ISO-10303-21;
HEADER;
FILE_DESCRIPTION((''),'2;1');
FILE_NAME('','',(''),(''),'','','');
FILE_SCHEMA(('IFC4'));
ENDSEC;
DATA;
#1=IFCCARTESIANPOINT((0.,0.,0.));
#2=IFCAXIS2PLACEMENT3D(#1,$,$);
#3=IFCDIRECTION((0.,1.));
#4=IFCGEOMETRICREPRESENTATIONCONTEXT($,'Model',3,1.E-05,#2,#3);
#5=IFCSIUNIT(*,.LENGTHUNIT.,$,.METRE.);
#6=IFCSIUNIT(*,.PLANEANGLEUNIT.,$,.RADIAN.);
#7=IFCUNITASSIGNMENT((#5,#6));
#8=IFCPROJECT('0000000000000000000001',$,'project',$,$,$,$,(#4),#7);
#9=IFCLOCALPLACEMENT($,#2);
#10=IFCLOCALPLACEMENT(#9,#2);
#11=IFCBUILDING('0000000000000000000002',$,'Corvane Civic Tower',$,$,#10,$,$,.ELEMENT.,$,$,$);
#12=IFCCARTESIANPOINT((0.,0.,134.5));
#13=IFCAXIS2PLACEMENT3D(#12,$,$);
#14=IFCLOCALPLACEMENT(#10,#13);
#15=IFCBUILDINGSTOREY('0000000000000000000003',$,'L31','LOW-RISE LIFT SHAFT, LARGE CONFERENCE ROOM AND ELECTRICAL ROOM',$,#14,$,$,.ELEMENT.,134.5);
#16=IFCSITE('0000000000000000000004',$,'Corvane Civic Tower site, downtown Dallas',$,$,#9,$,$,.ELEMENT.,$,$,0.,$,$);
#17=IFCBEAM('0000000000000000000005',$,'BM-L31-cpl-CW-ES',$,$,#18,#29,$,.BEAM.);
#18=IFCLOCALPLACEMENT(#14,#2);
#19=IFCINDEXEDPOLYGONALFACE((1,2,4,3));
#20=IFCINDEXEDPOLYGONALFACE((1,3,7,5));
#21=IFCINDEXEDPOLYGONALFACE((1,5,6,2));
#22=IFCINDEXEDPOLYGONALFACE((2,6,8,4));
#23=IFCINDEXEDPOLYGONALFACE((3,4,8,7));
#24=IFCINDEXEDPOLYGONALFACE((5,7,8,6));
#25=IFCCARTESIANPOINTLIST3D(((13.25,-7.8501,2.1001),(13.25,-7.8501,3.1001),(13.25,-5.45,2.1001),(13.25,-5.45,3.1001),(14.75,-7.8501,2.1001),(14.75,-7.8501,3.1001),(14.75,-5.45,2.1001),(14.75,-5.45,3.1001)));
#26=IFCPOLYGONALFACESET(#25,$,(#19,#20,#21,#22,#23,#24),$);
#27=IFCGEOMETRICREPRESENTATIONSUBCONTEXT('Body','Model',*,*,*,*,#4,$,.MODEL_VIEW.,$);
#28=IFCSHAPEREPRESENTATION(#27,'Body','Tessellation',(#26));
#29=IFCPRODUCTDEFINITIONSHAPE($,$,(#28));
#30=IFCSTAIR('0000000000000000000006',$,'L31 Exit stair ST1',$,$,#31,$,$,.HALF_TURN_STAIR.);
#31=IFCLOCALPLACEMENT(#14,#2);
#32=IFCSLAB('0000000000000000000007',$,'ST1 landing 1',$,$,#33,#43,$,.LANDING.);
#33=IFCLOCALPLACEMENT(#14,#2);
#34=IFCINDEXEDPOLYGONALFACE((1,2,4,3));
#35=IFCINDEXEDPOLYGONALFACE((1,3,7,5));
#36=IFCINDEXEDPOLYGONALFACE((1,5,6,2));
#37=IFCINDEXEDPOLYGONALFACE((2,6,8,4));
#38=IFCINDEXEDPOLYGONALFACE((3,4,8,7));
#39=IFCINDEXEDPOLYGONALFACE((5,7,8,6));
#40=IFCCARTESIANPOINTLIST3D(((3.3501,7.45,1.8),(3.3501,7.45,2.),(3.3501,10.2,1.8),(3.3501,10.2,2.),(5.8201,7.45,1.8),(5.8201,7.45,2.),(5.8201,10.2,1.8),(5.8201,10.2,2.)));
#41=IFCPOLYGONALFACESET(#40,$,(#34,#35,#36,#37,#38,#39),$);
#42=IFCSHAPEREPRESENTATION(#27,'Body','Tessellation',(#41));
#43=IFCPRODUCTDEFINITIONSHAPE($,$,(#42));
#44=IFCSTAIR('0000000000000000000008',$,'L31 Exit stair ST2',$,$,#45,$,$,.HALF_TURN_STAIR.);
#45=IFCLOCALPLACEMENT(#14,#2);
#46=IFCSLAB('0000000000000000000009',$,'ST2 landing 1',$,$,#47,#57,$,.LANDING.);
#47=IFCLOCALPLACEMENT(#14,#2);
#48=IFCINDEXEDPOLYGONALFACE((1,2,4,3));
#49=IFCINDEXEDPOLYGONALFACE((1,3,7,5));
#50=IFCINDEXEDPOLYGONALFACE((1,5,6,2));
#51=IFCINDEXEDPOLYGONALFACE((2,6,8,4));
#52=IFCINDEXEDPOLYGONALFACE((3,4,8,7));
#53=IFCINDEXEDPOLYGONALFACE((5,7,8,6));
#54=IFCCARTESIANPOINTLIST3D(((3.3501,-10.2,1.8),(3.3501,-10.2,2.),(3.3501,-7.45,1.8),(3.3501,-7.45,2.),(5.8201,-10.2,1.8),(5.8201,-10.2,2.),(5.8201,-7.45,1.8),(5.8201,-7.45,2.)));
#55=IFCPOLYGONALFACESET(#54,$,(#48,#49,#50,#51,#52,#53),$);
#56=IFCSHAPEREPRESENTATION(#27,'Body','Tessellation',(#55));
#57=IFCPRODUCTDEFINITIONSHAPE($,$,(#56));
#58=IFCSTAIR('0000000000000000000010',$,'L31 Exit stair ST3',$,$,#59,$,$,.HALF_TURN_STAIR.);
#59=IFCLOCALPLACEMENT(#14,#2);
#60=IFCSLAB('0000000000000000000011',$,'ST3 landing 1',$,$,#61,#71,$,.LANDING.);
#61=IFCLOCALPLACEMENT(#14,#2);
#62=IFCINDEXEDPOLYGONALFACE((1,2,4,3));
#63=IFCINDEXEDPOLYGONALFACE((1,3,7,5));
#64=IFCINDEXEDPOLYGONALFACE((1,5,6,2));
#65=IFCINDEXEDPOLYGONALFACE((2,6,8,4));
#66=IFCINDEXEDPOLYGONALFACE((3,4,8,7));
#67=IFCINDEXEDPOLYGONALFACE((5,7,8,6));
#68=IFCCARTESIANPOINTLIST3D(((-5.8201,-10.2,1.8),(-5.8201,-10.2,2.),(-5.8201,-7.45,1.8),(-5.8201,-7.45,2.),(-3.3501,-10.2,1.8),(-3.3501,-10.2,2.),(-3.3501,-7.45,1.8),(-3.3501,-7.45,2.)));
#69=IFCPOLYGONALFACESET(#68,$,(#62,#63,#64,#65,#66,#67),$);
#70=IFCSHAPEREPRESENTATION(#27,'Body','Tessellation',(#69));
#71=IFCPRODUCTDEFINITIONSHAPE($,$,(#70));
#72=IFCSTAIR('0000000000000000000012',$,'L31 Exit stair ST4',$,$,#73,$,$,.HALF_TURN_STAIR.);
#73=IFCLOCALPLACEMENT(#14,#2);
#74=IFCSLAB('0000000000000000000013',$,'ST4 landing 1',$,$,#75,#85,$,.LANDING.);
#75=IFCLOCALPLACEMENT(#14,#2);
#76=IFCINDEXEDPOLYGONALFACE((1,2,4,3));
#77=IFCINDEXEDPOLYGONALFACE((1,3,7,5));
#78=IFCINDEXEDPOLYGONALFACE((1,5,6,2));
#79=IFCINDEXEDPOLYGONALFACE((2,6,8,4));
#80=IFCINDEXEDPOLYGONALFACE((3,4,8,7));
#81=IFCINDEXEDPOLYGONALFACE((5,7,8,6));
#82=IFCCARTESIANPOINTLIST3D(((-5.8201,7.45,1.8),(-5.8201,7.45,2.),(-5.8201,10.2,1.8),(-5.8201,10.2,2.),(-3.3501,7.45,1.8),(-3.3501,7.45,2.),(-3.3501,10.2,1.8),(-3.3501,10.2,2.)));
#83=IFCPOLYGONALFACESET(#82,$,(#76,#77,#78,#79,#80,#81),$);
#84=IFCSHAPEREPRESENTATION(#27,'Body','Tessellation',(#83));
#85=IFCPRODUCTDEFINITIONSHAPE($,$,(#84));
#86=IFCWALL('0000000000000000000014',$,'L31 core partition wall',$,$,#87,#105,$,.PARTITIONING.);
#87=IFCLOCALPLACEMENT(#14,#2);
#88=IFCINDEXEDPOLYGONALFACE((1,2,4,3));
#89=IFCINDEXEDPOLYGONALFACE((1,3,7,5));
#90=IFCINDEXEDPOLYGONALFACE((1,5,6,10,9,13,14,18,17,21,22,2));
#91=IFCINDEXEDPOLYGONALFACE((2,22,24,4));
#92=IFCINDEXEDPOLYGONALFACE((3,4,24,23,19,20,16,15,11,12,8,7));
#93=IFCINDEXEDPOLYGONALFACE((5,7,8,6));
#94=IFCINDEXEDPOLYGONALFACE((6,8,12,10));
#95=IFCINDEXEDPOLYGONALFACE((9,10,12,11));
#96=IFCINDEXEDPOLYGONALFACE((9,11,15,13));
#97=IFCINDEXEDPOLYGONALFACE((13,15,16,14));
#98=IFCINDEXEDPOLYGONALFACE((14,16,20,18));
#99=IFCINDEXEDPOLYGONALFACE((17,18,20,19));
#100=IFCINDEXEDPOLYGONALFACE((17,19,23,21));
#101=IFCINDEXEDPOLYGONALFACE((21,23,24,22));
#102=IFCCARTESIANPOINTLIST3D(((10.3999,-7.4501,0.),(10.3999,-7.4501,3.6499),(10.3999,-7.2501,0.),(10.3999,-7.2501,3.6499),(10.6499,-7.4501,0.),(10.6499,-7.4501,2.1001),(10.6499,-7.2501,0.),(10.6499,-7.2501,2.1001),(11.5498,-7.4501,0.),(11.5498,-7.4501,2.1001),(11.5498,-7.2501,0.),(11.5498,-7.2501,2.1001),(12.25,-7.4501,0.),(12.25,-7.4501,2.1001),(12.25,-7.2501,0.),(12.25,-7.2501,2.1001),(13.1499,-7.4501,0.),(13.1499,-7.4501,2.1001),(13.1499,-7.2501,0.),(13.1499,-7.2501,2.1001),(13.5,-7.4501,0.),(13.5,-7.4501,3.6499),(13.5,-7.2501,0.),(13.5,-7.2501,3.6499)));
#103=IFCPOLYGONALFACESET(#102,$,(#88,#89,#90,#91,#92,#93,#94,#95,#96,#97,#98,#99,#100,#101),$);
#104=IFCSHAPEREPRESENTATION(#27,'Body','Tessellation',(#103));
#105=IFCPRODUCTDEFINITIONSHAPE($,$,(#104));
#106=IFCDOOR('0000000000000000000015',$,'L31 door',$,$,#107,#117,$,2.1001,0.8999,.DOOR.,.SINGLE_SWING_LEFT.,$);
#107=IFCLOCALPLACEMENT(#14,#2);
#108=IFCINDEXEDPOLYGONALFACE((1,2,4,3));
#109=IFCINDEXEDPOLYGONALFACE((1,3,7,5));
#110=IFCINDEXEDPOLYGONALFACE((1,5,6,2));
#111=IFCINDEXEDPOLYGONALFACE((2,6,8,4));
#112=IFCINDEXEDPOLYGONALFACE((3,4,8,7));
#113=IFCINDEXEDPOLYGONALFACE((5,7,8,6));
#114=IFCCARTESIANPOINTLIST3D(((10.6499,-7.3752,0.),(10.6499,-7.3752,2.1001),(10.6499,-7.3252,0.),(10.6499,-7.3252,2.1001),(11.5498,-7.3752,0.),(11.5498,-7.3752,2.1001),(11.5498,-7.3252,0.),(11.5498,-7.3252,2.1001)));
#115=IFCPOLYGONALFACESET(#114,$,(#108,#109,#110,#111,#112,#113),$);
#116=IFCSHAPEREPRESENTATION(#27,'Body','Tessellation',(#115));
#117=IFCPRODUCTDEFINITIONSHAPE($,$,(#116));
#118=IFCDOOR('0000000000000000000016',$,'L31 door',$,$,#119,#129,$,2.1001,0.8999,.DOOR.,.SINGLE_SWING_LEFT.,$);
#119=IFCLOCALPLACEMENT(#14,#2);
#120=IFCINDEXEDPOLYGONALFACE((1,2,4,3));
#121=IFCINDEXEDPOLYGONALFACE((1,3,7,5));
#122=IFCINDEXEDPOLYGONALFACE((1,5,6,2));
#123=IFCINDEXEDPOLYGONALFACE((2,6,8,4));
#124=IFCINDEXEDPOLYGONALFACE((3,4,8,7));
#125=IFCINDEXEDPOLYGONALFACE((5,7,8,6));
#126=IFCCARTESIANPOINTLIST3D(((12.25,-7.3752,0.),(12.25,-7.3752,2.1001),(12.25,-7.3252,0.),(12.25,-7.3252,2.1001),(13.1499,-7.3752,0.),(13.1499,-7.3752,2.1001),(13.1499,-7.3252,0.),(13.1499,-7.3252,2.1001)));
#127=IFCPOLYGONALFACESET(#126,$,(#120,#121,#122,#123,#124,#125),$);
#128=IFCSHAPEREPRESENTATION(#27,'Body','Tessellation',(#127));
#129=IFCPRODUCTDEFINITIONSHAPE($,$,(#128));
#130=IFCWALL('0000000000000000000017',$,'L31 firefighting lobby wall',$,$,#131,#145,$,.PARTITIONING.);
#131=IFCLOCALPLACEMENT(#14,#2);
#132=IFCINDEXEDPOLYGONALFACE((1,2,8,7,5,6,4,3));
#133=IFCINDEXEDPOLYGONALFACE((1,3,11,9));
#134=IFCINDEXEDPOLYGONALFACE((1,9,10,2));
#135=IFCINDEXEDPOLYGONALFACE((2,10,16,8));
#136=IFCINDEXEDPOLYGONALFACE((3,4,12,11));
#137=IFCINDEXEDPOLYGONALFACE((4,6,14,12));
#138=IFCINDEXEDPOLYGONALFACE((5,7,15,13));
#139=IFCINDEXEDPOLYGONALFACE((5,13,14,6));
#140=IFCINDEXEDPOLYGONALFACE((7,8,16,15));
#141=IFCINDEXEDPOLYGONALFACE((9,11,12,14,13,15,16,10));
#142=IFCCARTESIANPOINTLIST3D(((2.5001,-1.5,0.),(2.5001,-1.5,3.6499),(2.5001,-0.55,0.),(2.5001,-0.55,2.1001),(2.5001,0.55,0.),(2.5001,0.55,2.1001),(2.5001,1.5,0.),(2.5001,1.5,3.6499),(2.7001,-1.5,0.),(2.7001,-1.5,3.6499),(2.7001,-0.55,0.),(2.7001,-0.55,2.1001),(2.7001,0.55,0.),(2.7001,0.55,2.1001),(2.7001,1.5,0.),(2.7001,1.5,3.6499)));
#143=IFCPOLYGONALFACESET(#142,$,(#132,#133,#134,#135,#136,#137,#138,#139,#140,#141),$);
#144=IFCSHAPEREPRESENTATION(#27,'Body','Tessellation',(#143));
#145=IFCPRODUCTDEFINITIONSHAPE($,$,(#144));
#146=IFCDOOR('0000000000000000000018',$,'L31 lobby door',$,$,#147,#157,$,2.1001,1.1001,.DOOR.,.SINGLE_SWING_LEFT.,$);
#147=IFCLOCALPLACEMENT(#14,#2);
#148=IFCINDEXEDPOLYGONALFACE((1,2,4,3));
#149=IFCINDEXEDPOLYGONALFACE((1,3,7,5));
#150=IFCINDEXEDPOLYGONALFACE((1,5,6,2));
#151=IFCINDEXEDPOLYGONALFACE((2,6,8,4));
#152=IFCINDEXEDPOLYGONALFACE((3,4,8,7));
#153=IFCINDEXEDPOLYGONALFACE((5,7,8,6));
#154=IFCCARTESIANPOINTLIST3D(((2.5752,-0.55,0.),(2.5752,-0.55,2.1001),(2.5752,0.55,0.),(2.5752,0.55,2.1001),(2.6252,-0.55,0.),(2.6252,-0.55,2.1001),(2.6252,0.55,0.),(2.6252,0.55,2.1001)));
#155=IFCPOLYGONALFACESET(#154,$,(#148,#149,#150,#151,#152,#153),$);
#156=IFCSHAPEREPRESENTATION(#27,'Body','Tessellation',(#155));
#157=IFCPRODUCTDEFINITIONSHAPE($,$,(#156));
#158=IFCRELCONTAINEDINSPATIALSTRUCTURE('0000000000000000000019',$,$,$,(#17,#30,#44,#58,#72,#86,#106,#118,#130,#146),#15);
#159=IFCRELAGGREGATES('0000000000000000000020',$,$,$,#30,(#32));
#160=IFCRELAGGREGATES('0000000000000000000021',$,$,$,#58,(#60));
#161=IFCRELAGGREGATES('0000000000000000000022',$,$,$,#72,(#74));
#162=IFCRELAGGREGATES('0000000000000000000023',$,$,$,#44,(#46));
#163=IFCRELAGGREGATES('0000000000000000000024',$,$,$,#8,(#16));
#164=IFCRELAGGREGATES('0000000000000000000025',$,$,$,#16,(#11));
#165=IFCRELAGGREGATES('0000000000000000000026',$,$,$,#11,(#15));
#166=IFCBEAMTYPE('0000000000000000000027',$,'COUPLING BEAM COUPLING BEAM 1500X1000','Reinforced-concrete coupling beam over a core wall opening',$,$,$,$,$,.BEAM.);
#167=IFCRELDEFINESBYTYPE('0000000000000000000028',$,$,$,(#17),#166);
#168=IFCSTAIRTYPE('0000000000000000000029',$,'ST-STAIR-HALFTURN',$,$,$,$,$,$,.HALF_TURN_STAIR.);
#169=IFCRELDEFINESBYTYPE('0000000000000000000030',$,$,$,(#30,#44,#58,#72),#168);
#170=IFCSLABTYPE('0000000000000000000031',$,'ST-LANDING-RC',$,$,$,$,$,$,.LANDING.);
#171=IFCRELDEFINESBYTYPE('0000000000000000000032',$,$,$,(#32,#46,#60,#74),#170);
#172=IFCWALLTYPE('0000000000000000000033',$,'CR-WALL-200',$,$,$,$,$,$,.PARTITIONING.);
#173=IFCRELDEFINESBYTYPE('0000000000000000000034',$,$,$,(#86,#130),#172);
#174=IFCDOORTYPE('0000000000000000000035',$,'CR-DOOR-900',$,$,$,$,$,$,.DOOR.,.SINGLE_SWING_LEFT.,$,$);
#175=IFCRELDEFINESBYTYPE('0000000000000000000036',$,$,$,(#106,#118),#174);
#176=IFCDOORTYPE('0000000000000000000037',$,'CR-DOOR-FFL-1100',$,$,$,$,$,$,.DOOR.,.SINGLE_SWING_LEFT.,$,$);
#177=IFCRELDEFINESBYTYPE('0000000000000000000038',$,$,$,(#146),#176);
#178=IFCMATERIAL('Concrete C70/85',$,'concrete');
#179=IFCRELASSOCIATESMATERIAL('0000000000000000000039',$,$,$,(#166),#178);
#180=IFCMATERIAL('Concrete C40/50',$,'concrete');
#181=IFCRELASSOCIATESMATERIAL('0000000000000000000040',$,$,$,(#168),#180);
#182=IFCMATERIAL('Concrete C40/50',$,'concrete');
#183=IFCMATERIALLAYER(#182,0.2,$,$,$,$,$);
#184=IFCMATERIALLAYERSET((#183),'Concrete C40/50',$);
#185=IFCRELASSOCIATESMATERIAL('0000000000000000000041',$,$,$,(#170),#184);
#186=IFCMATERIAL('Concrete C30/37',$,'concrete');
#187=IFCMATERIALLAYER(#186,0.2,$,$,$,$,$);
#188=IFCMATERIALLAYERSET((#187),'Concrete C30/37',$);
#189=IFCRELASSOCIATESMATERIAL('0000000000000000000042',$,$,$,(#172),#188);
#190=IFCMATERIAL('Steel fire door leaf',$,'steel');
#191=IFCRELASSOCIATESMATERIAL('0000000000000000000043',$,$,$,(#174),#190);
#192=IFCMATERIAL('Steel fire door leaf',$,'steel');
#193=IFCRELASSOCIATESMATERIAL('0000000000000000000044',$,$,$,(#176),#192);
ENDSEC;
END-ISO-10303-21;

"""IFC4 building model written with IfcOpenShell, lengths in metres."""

from ifc_helpers import new_model, si_unit, direction, frame, frame_2d, origin, origin_2d, place, context, subcontext, project, spatial, polyline, rectangle, outline, extrude, material, layer, layer_set, material_profile, profile_set, type_object, element, fill, aggregate, save


model = new_model("IFC4")

# Units and contexts
model_context = context("Model", 3, precision=1e-05, world=origin(), true_north=direction((0.0, 1.0)))
body_context = subcontext(model_context, "Body", "Model", "MODEL_VIEW")
ifc_project = project(units=[si_unit("LENGTHUNIT", "METRE"), si_unit("PLANEANGLEUNIT", "RADIAN")], contexts=[model_context])

# Site, building, storey
site_placement = place(None, origin())
site = spatial("IfcSite", under=ifc_project, at=site_placement, Name="Corvane Civic Tower site, downtown Dallas", CompositionType="ELEMENT", RefElevation=0.0)
building_placement = place(site_placement, origin())
building = spatial("IfcBuilding", under=site, at=building_placement, Name="Corvane Civic Tower", CompositionType="ELEMENT")
storey_placement = place(building_placement, frame((0.0, 0.0, 134.5)))
storey = spatial("IfcBuildingStorey", under=building, at=storey_placement, Name="L31", Description="LOW-RISE LIFT SHAFT, LARGE CONFERENCE ROOM AND ELECTRICAL ROOM", CompositionType="ELEMENT", Elevation=134.5)

# Beam
ifc_material_1 = material(Name="Concrete C70/85", Category="concrete")
ifc_material_profile = material_profile(ifc_material_1, rectangle(XDim=1.5, YDim=1.0, at=origin_2d()), Name="COUPLING BEAM 1500X1000")
ifc_profile_set = profile_set([ifc_material_profile], Name="Concrete C70/85")
beam_type = type_object("IfcBeamType", Name="COUPLING BEAM COUPLING BEAM 1500X1000", Description="Reinforced-concrete coupling beam over a core wall opening", PredefinedType="BEAM", material=ifc_profile_set)
beam_placement = place(storey_placement, frame((14.0, -7.8501, 2.6001), z_axis=(0.0, 1.0, 0.0), x_axis=(-1.0, 0.0, 0.0)))
element("IfcBeam", 1, at=beam_placement, inside=storey, type_object=beam_type, Name="BM-L31-cpl-CW-ES", PredefinedType="BEAM", context=body_context, shape_type="SweptSolid", body=[
    extrude(rectangle(XDim=1.5, YDim=1.0, at=origin_2d()), origin(), (0.0, 0.0, 1.0), 2.4001),
])

# Stairs, slabs
ifc_material_2 = material(Name="Concrete C40/50", Category="concrete")
stair_type = type_object("IfcStairType", Name="ST-STAIR-HALFTURN", PredefinedType="HALF_TURN_STAIR", material=ifc_material_2)
stair_1_placement = place(storey_placement, origin())
stair_1 = element("IfcStair", 2, at=stair_1_placement, inside=storey, type_object=stair_type, Name="L31 Exit stair ST1", PredefinedType="HALF_TURN_STAIR")
ifc_material_3 = material(Name="Concrete C40/50", Category="concrete")
ifc_layer_1 = layer(ifc_material_3, 0.2)
ifc_layer_set_1 = layer_set([ifc_layer_1], Name="Concrete C40/50")
slab_type = type_object("IfcSlabType", Name="ST-LANDING-RC", PredefinedType="LANDING", material=ifc_layer_set_1)
slab_1_placement = place(storey_placement, frame((0.0, 0.0, 1.8)))
slab_1 = element("IfcSlab", 3, at=slab_1_placement, type_object=slab_type, Name="ST1 landing 1", PredefinedType="LANDING", context=body_context, shape_type="SweptSolid", body=[
    extrude(outline(polyline([(5.8201, 10.2), (3.3501, 10.2), (3.3501, 7.45), (5.8201, 7.45), (5.8201, 10.2)])), origin(), (0.0, 0.0, 1.0), 0.2),
])
aggregate(stair_1, [slab_1])
stair_2_placement = place(storey_placement, origin())
stair_2 = element("IfcStair", 4, at=stair_2_placement, inside=storey, type_object=stair_type, Name="L31 Exit stair ST2", PredefinedType="HALF_TURN_STAIR")
slab_2_placement = place(storey_placement, frame((0.0, 0.0, 1.8)))
slab_2 = element("IfcSlab", 5, at=slab_2_placement, type_object=slab_type, Name="ST2 landing 1", PredefinedType="LANDING", context=body_context, shape_type="SweptSolid", body=[
    extrude(outline(polyline([(5.8201, -7.45), (3.3501, -7.45), (3.3501, -10.2), (5.8201, -10.2), (5.8201, -7.45)])), origin(), (0.0, 0.0, 1.0), 0.2),
])
stair_3_placement = place(storey_placement, origin())
stair_3 = element("IfcStair", 6, at=stair_3_placement, inside=storey, type_object=stair_type, Name="L31 Exit stair ST3", PredefinedType="HALF_TURN_STAIR")
slab_3_placement = place(storey_placement, frame((0.0, 0.0, 1.8)))
slab_3 = element("IfcSlab", 7, at=slab_3_placement, type_object=slab_type, Name="ST3 landing 1", PredefinedType="LANDING", context=body_context, shape_type="SweptSolid", body=[
    extrude(outline(polyline([(-5.8201, -10.2), (-3.3501, -10.2), (-3.3501, -7.45), (-5.8201, -7.45), (-5.8201, -10.2)])), origin(), (0.0, 0.0, 1.0), 0.2),
])
aggregate(stair_3, [slab_3])
stair_4_placement = place(storey_placement, origin())
stair_4 = element("IfcStair", 8, at=stair_4_placement, inside=storey, type_object=stair_type, Name="L31 Exit stair ST4", PredefinedType="HALF_TURN_STAIR")
slab_4_placement = place(storey_placement, frame((0.0, 0.0, 1.8)))
slab_4 = element("IfcSlab", 9, at=slab_4_placement, type_object=slab_type, Name="ST4 landing 1", PredefinedType="LANDING", context=body_context, shape_type="SweptSolid", body=[
    extrude(outline(polyline([(-5.8201, 7.45), (-3.3501, 7.45), (-3.3501, 10.2), (-5.8201, 10.2), (-5.8201, 7.45)])), origin(), (0.0, 0.0, 1.0), 0.2),
])
aggregate(stair_4, [slab_4])

# Wall, openings, doors
ifc_material_4 = material(Name="Concrete C30/37", Category="concrete")
ifc_layer_2 = layer(ifc_material_4, 0.2)
ifc_layer_set_2 = layer_set([ifc_layer_2], Name="Concrete C30/37")
wall_type_1 = type_object("IfcWallType", Name="CR-WALL-200", PredefinedType="PARTITIONING", material=ifc_layer_set_2)
wall_1_placement = place(storey_placement, frame((10.3999, -7.3501, 0.0), z_axis=(0.0, 0.0, 1.0), x_axis=(1.0, 0.0, 0.0)))
wall_1 = element("IfcWall", 10, at=wall_1_placement, inside=storey, type_object=wall_type_1, Name="L31 core partition wall", PredefinedType="PARTITIONING", context=body_context, shape_type="SweptSolid", body=[
    extrude(rectangle(XDim=3.1001, YDim=0.2, at=frame_2d((1.55, 0.0))), origin(), (0.0, 0.0, 1.0), 3.6499),
])
opening_1_placement = place(wall_1_placement, frame((0.25, 0.0, 0.0)))
opening_1 = element("IfcOpeningElement", 11, at=opening_1_placement, cuts=wall_1, PredefinedType="OPENING", context=body_context, shape_type="SweptSolid", body=[
    extrude(rectangle(XDim=0.8999, YDim=2.1001, at=frame_2d((0.45, 1.05))), frame((0.0, 0.1099, 0.0), z_axis=(0.0, -1.0, 0.0), x_axis=(1.0, 0.0, 0.0)), (0.0, 0.0, 1.0), 0.22),
])
opening_2_placement = place(wall_1_placement, frame((1.8501, 0.0, 0.0)))
opening_2 = element("IfcOpeningElement", 12, at=opening_2_placement, cuts=wall_1, PredefinedType="OPENING", context=body_context, shape_type="SweptSolid", body=[
    extrude(rectangle(XDim=0.8999, YDim=2.1001, at=frame_2d((0.45, 1.05))), frame((0.0, 0.1099, 0.0), z_axis=(0.0, -1.0, 0.0), x_axis=(1.0, 0.0, 0.0)), (0.0, 0.0, 1.0), 0.22),
])
ifc_material_5 = material(Name="Steel fire door leaf", Category="steel")
door_type_1 = type_object("IfcDoorType", Name="CR-DOOR-900", OperationType="SINGLE_SWING_LEFT", PredefinedType="DOOR", material=ifc_material_5)
door_1_placement = place(opening_1_placement, origin())
door_1 = element("IfcDoor", 13, at=door_1_placement, inside=storey, type_object=door_type_1, Name="L31 door", OperationType="SINGLE_SWING_LEFT", OverallHeight=2.1001, OverallWidth=0.8999, PredefinedType="DOOR", context=body_context, shape_type="SweptSolid", body=[
    extrude(rectangle(XDim=0.8999, YDim=2.1001, at=frame_2d((0.45, 1.05))), frame((0.0, 0.0249, 0.0), z_axis=(0.0, -1.0, 0.0), x_axis=(1.0, 0.0, 0.0)), (0.0, 0.0, 1.0), 0.05),
])
fill(opening_1, door_1)
door_2_placement = place(opening_2_placement, origin())
door_2 = element("IfcDoor", 14, at=door_2_placement, inside=storey, type_object=door_type_1, Name="L31 door", OperationType="SINGLE_SWING_LEFT", OverallHeight=2.1001, OverallWidth=0.8999, PredefinedType="DOOR", context=body_context, shape_type="SweptSolid", body=[
    extrude(rectangle(XDim=0.8999, YDim=2.1001, at=frame_2d((0.45, 1.05))), frame((0.0, 0.0249, 0.0), z_axis=(0.0, -1.0, 0.0), x_axis=(1.0, 0.0, 0.0)), (0.0, 0.0, 1.0), 0.05),
])
fill(opening_2, door_2)

# Wall, opening, door
wall_2_placement = place(storey_placement, frame((2.6001, -1.5, 0.0), z_axis=(0.0, 0.0, 1.0), x_axis=(0.0, 1.0, 0.0)))
wall_2 = element("IfcWall", 15, at=wall_2_placement, inside=storey, type_object=wall_type_1, Name="L31 firefighting lobby wall", PredefinedType="PARTITIONING", context=body_context, shape_type="SweptSolid", body=[
    extrude(rectangle(XDim=3.0, YDim=0.2, at=frame_2d((1.5, 0.0))), origin(), (0.0, 0.0, 1.0), 3.6499),
])
opening_3_placement = place(wall_2_placement, frame((0.95, 0.0, 0.0)))
opening_3 = element("IfcOpeningElement", 16, at=opening_3_placement, cuts=wall_2, PredefinedType="OPENING", context=body_context, shape_type="SweptSolid", body=[
    extrude(rectangle(XDim=1.1001, YDim=2.1001, at=frame_2d((0.55, 1.05))), frame((0.0, 0.1099, 0.0), z_axis=(0.0, -1.0, 0.0), x_axis=(1.0, 0.0, 0.0)), (0.0, 0.0, 1.0), 0.22),
])
ifc_material_6 = material(Name="Steel fire door leaf", Category="steel")
door_type_2 = type_object("IfcDoorType", Name="CR-DOOR-FFL-1100", OperationType="SINGLE_SWING_LEFT", PredefinedType="DOOR", material=ifc_material_6)
door_3_placement = place(opening_3_placement, origin())
door_3 = element("IfcDoor", 17, at=door_3_placement, inside=storey, type_object=door_type_2, Name="L31 lobby door", OperationType="SINGLE_SWING_LEFT", OverallHeight=2.1001, OverallWidth=1.1001, PredefinedType="DOOR", context=body_context, shape_type="SweptSolid", body=[
    extrude(rectangle(XDim=1.1001, YDim=2.1001, at=frame_2d((0.55, 1.05))), frame((0.0, 0.0249, 0.0), z_axis=(0.0, -1.0, 0.0), x_axis=(1.0, 0.0, 0.0)), (0.0, 0.0, 1.0), 0.05),
])
fill(opening_3, door_3)

aggregate(stair_2, [slab_2])

save(model, "model.ifc")
